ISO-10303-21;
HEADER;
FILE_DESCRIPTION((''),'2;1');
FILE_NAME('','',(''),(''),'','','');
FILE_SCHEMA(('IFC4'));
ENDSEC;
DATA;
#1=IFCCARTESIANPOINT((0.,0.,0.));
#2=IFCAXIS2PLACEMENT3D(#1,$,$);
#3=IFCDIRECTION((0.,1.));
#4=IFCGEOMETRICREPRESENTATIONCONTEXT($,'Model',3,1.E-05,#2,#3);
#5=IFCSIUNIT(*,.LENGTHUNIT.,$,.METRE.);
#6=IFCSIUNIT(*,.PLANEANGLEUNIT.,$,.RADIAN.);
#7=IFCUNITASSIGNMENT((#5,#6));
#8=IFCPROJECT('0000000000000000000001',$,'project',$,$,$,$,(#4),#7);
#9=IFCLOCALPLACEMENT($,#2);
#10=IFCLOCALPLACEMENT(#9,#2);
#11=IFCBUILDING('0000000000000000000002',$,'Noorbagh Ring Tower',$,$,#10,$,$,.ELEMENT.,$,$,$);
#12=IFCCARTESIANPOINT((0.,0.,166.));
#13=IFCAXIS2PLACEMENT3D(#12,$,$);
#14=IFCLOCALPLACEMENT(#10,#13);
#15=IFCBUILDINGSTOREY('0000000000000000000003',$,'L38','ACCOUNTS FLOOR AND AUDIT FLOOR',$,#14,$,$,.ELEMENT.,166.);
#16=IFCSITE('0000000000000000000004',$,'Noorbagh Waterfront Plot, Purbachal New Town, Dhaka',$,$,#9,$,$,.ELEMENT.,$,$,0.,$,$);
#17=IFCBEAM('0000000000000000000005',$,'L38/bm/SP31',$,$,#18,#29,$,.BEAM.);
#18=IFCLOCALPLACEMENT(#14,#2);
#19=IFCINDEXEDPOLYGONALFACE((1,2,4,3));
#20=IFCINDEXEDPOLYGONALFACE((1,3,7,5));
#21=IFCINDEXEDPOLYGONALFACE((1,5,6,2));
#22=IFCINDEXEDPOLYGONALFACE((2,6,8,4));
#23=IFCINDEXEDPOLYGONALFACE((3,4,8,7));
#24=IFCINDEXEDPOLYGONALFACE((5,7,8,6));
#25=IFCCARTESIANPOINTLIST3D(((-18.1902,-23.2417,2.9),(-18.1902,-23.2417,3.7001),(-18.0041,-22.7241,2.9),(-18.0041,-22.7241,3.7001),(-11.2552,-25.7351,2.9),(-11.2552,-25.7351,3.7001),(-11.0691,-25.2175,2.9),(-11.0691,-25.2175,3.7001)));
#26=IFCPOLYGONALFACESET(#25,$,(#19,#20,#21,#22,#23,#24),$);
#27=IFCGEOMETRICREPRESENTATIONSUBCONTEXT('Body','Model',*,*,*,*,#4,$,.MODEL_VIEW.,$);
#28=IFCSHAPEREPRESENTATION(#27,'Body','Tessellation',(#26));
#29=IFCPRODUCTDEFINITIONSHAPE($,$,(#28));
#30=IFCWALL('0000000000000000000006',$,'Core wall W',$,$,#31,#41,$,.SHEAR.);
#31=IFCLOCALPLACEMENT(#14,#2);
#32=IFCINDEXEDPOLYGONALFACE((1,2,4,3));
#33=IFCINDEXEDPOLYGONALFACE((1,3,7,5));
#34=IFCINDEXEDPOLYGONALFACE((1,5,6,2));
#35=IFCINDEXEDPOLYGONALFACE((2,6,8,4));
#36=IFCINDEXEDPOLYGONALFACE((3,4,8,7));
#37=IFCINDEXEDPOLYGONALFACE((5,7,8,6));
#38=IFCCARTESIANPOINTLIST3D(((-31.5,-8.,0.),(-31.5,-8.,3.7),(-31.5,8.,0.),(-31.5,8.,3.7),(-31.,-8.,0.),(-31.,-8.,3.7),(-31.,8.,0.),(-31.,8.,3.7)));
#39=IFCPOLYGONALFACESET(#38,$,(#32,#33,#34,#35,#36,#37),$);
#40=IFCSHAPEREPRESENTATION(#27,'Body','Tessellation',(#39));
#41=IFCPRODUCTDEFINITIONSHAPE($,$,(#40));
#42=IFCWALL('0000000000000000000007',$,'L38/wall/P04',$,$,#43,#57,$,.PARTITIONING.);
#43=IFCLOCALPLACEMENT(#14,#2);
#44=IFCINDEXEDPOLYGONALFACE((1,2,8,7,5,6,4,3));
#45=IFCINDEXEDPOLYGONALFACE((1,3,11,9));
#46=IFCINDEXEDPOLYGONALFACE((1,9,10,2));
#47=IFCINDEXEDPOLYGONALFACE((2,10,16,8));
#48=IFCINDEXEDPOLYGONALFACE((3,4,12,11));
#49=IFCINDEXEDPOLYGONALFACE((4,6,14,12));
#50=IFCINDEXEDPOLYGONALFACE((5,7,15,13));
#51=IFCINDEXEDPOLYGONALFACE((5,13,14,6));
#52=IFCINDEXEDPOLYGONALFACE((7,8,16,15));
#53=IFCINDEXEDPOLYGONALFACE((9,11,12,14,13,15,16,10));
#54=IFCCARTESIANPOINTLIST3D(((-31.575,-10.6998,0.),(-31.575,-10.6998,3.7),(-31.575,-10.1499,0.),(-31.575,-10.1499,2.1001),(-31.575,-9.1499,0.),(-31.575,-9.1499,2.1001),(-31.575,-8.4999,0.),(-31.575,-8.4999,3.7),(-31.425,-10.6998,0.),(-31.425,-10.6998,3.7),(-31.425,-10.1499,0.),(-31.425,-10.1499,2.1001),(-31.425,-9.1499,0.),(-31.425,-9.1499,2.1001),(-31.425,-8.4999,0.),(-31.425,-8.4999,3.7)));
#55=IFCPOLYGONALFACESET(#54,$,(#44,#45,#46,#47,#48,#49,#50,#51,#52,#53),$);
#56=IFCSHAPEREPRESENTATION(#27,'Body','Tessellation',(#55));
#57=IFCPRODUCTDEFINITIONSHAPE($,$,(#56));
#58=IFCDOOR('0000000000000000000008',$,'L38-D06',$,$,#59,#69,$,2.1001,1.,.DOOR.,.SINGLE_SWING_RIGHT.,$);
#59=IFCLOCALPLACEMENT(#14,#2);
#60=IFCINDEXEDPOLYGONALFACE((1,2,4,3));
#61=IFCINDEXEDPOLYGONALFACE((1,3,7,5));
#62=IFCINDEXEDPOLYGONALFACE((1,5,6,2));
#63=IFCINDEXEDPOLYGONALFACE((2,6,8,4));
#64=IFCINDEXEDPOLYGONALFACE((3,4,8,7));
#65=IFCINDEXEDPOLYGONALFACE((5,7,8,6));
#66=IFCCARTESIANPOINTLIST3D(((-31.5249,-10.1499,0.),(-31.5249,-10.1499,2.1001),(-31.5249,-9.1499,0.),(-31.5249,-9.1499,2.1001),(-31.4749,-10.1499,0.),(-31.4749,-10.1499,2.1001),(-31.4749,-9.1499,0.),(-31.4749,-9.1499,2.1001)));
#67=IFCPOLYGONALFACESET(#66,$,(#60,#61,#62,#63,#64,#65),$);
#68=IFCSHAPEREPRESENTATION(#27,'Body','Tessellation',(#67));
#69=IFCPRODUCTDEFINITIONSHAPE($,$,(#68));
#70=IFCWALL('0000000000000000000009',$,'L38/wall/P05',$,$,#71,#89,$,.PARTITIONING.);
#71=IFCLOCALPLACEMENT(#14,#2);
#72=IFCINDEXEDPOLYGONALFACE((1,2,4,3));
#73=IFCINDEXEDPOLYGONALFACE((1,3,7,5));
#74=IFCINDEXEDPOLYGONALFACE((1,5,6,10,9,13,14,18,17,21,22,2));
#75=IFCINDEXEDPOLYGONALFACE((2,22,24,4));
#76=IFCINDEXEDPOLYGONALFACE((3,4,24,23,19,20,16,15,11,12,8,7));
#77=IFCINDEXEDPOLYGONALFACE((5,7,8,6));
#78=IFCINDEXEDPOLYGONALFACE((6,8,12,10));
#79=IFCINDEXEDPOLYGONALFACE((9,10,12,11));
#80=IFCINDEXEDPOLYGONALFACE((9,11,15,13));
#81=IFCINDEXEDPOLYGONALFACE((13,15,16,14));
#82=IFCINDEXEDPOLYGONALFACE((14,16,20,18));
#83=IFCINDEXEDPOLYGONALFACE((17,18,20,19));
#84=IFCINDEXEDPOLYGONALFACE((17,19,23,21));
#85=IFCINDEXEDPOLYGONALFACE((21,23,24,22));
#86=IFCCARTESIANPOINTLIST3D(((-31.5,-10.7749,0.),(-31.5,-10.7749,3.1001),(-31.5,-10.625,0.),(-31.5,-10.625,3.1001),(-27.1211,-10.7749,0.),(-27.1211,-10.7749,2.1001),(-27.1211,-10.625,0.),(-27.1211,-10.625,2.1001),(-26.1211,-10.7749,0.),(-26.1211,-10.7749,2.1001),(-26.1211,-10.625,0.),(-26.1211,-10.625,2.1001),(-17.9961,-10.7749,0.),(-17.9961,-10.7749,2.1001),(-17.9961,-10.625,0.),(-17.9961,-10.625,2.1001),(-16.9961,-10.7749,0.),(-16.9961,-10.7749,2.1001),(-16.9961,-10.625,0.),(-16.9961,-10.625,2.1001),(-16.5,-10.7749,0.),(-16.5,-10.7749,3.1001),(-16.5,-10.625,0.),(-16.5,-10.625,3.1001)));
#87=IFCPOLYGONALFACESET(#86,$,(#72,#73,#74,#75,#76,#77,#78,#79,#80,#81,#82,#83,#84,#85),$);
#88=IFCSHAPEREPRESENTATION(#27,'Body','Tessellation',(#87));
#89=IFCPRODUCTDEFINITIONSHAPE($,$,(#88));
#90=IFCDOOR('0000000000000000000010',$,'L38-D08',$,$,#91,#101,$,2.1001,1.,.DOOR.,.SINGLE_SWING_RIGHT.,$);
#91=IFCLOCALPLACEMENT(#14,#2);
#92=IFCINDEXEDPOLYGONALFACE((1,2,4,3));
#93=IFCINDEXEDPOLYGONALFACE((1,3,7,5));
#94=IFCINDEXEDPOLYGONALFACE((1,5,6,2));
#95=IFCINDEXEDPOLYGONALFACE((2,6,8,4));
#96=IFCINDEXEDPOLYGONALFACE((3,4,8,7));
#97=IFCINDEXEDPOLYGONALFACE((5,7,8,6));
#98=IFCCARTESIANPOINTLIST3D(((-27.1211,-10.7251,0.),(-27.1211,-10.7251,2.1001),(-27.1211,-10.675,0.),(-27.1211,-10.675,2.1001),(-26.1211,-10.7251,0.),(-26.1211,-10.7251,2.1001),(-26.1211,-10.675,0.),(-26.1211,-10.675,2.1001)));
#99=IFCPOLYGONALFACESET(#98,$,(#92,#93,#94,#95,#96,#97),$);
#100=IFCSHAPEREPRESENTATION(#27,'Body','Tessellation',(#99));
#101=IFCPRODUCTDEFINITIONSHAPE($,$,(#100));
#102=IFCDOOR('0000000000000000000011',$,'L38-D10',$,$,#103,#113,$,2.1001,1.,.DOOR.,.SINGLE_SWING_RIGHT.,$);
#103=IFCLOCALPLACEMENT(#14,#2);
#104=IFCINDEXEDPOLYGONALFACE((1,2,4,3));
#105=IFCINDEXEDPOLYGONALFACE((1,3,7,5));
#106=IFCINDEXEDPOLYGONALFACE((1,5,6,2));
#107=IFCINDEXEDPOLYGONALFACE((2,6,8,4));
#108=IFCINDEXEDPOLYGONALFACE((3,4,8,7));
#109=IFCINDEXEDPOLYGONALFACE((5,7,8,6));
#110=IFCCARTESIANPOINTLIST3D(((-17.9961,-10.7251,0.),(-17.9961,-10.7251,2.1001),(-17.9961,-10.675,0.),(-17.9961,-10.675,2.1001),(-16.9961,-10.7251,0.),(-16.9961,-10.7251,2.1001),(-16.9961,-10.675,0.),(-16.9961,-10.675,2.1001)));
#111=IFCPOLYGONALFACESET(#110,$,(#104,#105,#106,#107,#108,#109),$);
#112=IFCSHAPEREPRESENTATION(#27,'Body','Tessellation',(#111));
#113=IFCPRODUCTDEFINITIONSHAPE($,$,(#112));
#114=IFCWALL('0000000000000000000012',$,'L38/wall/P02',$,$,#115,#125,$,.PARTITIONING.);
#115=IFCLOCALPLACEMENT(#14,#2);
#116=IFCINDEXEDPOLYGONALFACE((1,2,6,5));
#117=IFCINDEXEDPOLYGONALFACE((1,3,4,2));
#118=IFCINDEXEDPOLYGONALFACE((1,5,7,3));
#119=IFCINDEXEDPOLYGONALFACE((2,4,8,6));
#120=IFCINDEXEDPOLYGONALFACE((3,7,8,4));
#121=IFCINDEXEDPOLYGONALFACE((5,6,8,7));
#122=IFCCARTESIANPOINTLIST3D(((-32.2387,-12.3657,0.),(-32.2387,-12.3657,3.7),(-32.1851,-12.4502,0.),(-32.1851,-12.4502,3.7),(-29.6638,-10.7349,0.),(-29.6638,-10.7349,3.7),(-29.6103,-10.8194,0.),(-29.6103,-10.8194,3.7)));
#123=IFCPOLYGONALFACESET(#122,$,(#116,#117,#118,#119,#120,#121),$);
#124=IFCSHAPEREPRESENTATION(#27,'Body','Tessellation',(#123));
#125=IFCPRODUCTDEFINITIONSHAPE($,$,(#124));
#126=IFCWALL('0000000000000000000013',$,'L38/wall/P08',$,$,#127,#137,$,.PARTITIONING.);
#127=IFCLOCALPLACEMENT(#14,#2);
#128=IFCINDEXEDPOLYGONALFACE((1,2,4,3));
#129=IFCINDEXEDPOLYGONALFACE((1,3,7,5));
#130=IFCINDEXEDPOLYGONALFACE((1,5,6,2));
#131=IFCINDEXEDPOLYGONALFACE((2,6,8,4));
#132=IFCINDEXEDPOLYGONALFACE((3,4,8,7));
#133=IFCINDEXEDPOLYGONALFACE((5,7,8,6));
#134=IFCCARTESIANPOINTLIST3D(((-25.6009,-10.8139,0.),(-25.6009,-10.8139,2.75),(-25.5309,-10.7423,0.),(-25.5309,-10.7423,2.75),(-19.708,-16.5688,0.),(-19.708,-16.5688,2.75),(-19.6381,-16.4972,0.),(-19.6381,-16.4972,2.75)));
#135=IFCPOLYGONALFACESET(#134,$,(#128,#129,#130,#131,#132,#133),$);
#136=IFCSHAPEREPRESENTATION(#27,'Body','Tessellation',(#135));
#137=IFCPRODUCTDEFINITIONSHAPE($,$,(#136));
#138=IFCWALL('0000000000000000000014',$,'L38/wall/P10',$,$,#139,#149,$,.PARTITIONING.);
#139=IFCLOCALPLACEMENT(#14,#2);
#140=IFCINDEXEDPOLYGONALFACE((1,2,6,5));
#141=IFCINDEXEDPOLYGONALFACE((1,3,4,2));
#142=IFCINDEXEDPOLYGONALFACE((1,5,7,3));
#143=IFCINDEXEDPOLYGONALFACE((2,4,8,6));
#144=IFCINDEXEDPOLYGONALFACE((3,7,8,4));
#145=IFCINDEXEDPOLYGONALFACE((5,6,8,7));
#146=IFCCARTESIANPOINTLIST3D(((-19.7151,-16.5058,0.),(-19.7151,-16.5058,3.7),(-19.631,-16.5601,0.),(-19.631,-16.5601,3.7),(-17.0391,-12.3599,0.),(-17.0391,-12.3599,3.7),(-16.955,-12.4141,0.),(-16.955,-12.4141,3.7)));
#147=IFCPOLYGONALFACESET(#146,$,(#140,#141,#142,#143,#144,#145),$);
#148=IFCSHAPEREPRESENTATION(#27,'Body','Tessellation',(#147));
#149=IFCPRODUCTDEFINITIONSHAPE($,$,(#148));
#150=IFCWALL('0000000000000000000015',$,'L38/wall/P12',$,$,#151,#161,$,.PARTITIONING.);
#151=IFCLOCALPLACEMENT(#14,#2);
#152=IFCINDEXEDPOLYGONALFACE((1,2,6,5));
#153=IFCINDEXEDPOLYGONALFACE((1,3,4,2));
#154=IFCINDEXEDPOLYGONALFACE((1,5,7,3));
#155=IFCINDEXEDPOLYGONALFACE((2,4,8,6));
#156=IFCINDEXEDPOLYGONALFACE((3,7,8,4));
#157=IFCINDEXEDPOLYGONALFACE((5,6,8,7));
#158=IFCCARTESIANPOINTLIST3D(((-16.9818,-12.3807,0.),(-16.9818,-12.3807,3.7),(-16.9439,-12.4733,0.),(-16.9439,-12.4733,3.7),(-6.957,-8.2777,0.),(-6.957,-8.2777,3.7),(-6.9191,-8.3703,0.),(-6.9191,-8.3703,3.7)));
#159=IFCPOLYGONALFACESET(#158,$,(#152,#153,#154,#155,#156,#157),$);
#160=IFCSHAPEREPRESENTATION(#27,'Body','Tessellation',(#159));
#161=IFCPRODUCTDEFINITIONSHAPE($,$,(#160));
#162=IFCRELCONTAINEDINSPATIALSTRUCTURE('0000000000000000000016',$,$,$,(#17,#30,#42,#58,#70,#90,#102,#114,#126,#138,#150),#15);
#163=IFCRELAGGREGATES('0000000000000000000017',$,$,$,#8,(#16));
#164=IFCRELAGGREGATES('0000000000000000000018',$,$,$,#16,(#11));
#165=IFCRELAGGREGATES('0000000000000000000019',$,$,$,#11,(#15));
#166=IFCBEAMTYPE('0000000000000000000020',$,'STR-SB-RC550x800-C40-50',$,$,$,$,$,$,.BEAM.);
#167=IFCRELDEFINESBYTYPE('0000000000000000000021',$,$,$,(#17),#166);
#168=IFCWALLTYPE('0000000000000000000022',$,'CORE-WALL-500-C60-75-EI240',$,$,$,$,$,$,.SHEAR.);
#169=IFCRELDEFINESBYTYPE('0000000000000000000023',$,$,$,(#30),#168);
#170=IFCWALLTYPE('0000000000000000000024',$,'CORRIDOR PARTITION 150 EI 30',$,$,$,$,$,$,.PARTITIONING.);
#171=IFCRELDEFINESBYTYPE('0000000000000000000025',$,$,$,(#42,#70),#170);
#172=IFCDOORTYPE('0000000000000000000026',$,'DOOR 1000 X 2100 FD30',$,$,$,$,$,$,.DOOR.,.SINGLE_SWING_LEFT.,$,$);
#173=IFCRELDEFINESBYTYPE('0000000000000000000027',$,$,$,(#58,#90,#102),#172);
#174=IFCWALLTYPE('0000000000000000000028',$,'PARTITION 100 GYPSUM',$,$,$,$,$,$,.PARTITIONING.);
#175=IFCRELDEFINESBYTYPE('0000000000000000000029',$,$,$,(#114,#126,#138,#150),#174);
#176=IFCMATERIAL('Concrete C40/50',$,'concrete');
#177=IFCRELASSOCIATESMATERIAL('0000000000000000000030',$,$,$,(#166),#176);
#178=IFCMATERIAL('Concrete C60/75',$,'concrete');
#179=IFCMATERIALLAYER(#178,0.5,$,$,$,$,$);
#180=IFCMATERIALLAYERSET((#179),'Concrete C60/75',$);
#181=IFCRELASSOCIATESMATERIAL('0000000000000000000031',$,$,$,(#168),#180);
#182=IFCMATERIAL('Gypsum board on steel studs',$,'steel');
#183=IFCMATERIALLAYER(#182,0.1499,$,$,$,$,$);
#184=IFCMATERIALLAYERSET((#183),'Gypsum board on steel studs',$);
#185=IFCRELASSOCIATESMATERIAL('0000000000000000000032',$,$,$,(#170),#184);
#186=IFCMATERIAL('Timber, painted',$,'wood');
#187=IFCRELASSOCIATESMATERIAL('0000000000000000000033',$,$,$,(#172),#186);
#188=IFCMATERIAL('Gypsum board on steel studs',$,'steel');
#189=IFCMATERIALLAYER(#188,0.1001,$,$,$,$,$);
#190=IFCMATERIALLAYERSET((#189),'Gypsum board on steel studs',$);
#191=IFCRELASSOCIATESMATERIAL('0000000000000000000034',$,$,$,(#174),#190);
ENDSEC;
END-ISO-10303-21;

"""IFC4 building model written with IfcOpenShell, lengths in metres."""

from ifc_helpers import new_model, si_unit, direction, frame, frame_2d, origin, origin_2d, place, context, subcontext, project, spatial, rectangle, extrude, material, layer, layer_set, material_profile, profile_set, type_object, element, fill, save


model = new_model("IFC4")

# Units and contexts
model_context = context("Model", 3, precision=1e-05, world=origin(), true_north=direction((0.0, 1.0)))
body_context = subcontext(model_context, "Body", "Model", "MODEL_VIEW")
ifc_project = project(units=[si_unit("LENGTHUNIT", "METRE"), si_unit("PLANEANGLEUNIT", "RADIAN")], contexts=[model_context])

# Site, building, storey
site_placement = place(None, origin())
site = spatial("IfcSite", under=ifc_project, at=site_placement, Name="Noorbagh Waterfront Plot, Purbachal New Town, Dhaka", CompositionType="ELEMENT", RefElevation=0.0)
building_placement = place(site_placement, origin())
building = spatial("IfcBuilding", under=site, at=building_placement, Name="Noorbagh Ring Tower", CompositionType="ELEMENT")
storey_placement = place(building_placement, frame((0.0, 0.0, 166.0)))
storey = spatial("IfcBuildingStorey", under=building, at=storey_placement, Name="L38", Description="ACCOUNTS FLOOR AND AUDIT FLOOR", CompositionType="ELEMENT", Elevation=166.0)

# Beam
ifc_material_1 = material(Name="Concrete C40/50", Category="concrete")
ifc_material_profile_1 = material_profile(ifc_material_1, rectangle(XDim=0.55, YDim=0.8, at=origin_2d()), Name="RC550x800")
ifc_profile_set_1 = profile_set([ifc_material_profile_1], Name="Concrete C40/50")
beam_type_1 = type_object("IfcBeamType", Name="STR-SB-RC550x800-C40-50", PredefinedType="BEAM", material=ifc_profile_set_1)
beam_1_placement = place(storey_placement, frame((-18.0972, -22.9829, 3.3), z_axis=(0.941026, -0.338333, 0.0), x_axis=(0.338333, 0.941026, 0.0)))
element("IfcBeam", 1, at=beam_1_placement, inside=storey, type_object=beam_type_1, Name="L38/bm/SP31", PredefinedType="BEAM", context=body_context, shape_type="SweptSolid", body=[
    extrude(rectangle(XDim=0.55, YDim=0.8, at=origin_2d()), origin(), (0.0, 0.0, 1.0), 7.3696),
])

# Wall
ifc_material_2 = material(Name="Concrete C60/75", Category="concrete")
ifc_layer_1 = layer(ifc_material_2, 0.5)
ifc_layer_set_1 = layer_set([ifc_layer_1], Name="Concrete C60/75")
wall_type_1 = type_object("IfcWallType", Name="CORE-WALL-500-C60-75-EI240", PredefinedType="SHEAR", material=ifc_layer_set_1)
wall_1_placement = place(storey_placement, frame((-31.25, -8.0, 0.0), z_axis=(0.0, 0.0, 1.0), x_axis=(0.0, 1.0, 0.0)))
element("IfcWall", 2, at=wall_1_placement, inside=storey, type_object=wall_type_1, Name="Core wall W", PredefinedType="SHEAR", context=body_context, shape_type="SweptSolid", body=[
    extrude(rectangle(XDim=16.0, YDim=0.5, at=frame_2d((8.0, 0.0))), origin(), (0.0, 0.0, 1.0), 3.7),
])

# Wall, opening, door
ifc_material_3 = material(Name="Gypsum board on steel studs", Category="steel")
ifc_layer_2 = layer(ifc_material_3, 0.1499)
ifc_layer_set_2 = layer_set([ifc_layer_2], Name="Gypsum board on steel studs")
wall_type_2 = type_object("IfcWallType", Name="CORRIDOR PARTITION 150 EI 30", PredefinedType="PARTITIONING", material=ifc_layer_set_2)
wall_2_placement = place(storey_placement, frame((-31.5, -10.7, 0.0), z_axis=(0.0, 0.0, 1.0), x_axis=(0.0, 1.0, 0.0)))
wall_2 = element("IfcWall", 3, at=wall_2_placement, inside=storey, type_object=wall_type_2, Name="L38/wall/P04", PredefinedType="PARTITIONING", context=body_context, shape_type="SweptSolid", body=[
    extrude(rectangle(XDim=2.2, YDim=0.1499, at=frame_2d((1.1001, 0.0))), origin(), (0.0, 0.0, 1.0), 3.7),
])
opening_1_placement = place(wall_2_placement, frame((0.55, 0.0, 0.0)))
opening_1 = element("IfcOpeningElement", 4, at=opening_1_placement, cuts=wall_2, PredefinedType="OPENING", context=body_context, shape_type="SweptSolid", body=[
    extrude(rectangle(XDim=1.0, YDim=2.1001, at=frame_2d((0.5, 1.05))), frame((0.0, 0.085, 0.0), z_axis=(0.0, -1.0, 0.0), x_axis=(1.0, 0.0, 0.0)), (0.0, 0.0, 1.0), 0.1699),
])
ifc_material_4 = material(Name="Timber, painted", Category="wood")
door_type = type_object("IfcDoorType", Name="DOOR 1000 X 2100 FD30", OperationType="SINGLE_SWING_LEFT", PredefinedType="DOOR", material=ifc_material_4)
door_1_placement = place(opening_1_placement, origin())
door_1 = element("IfcDoor", 5, at=door_1_placement, inside=storey, type_object=door_type, Name="L38-D06", OperationType="SINGLE_SWING_RIGHT", OverallHeight=2.1001, OverallWidth=1.0, PredefinedType="DOOR", context=body_context, shape_type="SweptSolid", body=[
    extrude(rectangle(XDim=1.0, YDim=2.1001, at=frame_2d((0.5, 1.05))), frame((0.0, 0.0249, 0.0), z_axis=(0.0, -1.0, 0.0), x_axis=(1.0, 0.0, 0.0)), (0.0, 0.0, 1.0), 0.05),
])
fill(opening_1, door_1)

# Wall, openings, doors
wall_3_placement = place(storey_placement, frame((-31.5, -10.7, 0.0), z_axis=(0.0, 0.0, 1.0), x_axis=(1.0, 0.0, 0.0)))
wall_3 = element("IfcWall", 6, at=wall_3_placement, inside=storey, type_object=wall_type_2, Name="L38/wall/P05", PredefinedType="PARTITIONING", context=body_context, shape_type="SweptSolid", body=[
    extrude(rectangle(XDim=15.0, YDim=0.1499, at=frame_2d((7.5, 0.0))), origin(), (0.0, 0.0, 1.0), 3.1001),
])
opening_2_placement = place(wall_3_placement, frame((4.3789, 0.0, 0.0)))
opening_2 = element("IfcOpeningElement", 7, at=opening_2_placement, cuts=wall_3, PredefinedType="OPENING", context=body_context, shape_type="SweptSolid", body=[
    extrude(rectangle(XDim=1.0, YDim=2.1001, at=frame_2d((0.5, 1.05))), frame((0.0, 0.085, 0.0), z_axis=(0.0, -1.0, 0.0), x_axis=(1.0, 0.0, 0.0)), (0.0, 0.0, 1.0), 0.1699),
])
opening_3_placement = place(wall_3_placement, frame((13.5039, 0.0, 0.0)))
opening_3 = element("IfcOpeningElement", 8, at=opening_3_placement, cuts=wall_3, PredefinedType="OPENING", context=body_context, shape_type="SweptSolid", body=[
    extrude(rectangle(XDim=1.0, YDim=2.1001, at=frame_2d((0.5, 1.05))), frame((0.0, 0.085, 0.0), z_axis=(0.0, -1.0, 0.0), x_axis=(1.0, 0.0, 0.0)), (0.0, 0.0, 1.0), 0.1699),
])
door_2_placement = place(opening_2_placement, origin())
door_2 = element("IfcDoor", 9, at=door_2_placement, inside=storey, type_object=door_type, Name="L38-D08", OperationType="SINGLE_SWING_RIGHT", OverallHeight=2.1001, OverallWidth=1.0, PredefinedType="DOOR", context=body_context, shape_type="SweptSolid", body=[
    extrude(rectangle(XDim=1.0, YDim=2.1001, at=frame_2d((0.5, 1.05))), frame((0.0, 0.0249, 0.0), z_axis=(0.0, -1.0, 0.0), x_axis=(1.0, 0.0, 0.0)), (0.0, 0.0, 1.0), 0.05),
])
fill(opening_2, door_2)
door_3_placement = place(opening_3_placement, origin())
door_3 = element("IfcDoor", 10, at=door_3_placement, inside=storey, type_object=door_type, Name="L38-D10", OperationType="SINGLE_SWING_RIGHT", OverallHeight=2.1001, OverallWidth=1.0, PredefinedType="DOOR", context=body_context, shape_type="SweptSolid", body=[
    extrude(rectangle(XDim=1.0, YDim=2.1001, at=frame_2d((0.5, 1.05))), frame((0.0, 0.0249, 0.0), z_axis=(0.0, -1.0, 0.0), x_axis=(1.0, 0.0, 0.0)), (0.0, 0.0, 1.0), 0.05),
])
fill(opening_3, door_3)

# Walls
ifc_material_5 = material(Name="Gypsum board on steel studs", Category="steel")
ifc_layer_3 = layer(ifc_material_5, 0.1001)
ifc_layer_set_3 = layer_set([ifc_layer_3], Name="Gypsum board on steel studs")
wall_type_3 = type_object("IfcWallType", Name="PARTITION 100 GYPSUM", PredefinedType="PARTITIONING", material=ifc_layer_set_3)
wall_4_placement = place(storey_placement, frame((-32.2119, -12.408, 0.0), z_axis=(0.0, 0.0, 1.0), x_axis=(0.844811, 0.535065, 0.0)))
element("IfcWall", 11, at=wall_4_placement, inside=storey, type_object=wall_type_3, Name="L38/wall/P02", PredefinedType="PARTITIONING", context=body_context, shape_type="SweptSolid", body=[
    extrude(rectangle(XDim=3.0479, YDim=0.1001, at=frame_2d((1.5239, 0.0))), origin(), (0.0, 0.0, 1.0), 3.7),
])
wall_5_placement = place(storey_placement, frame((-25.5659, -10.7781, 0.0), z_axis=(0.0, 0.0, 1.0), x_axis=(0.715431, -0.698684, 0.0)))
element("IfcWall", 12, at=wall_5_placement, inside=storey, type_object=wall_type_3, Name="L38/wall/P08", PredefinedType="PARTITIONING", context=body_context, shape_type="SweptSolid", body=[
    extrude(rectangle(XDim=8.2368, YDim=0.1001, at=frame_2d((4.1184, 0.0))), origin(), (0.0, 0.0, 1.0), 2.75),
])
wall_6_placement = place(storey_placement, frame((-19.6731, -16.533, 0.0), z_axis=(0.0, 0.0, 1.0), x_axis=(0.542297, 0.840187, 0.0)))
element("IfcWall", 13, at=wall_6_placement, inside=storey, type_object=wall_type_3, Name="L38/wall/P10", PredefinedType="PARTITIONING", context=body_context, shape_type="SweptSolid", body=[
    extrude(rectangle(XDim=4.9346, YDim=0.1001, at=frame_2d((2.4673, 0.0))), origin(), (0.0, 0.0, 1.0), 3.7),
])
wall_7_placement = place(storey_placement, frame((-16.9629, -12.427, 0.0), z_axis=(0.0, 0.0, 1.0), x_axis=(0.925484, 0.378786, 0.0)))
element("IfcWall", 14, at=wall_7_placement, inside=storey, type_object=wall_type_3, Name="L38/wall/P12", PredefinedType="PARTITIONING", context=body_context, shape_type="SweptSolid", body=[
    extrude(rectangle(XDim=10.832, YDim=0.1001, at=frame_2d((5.416, 0.0))), origin(), (0.0, 0.0, 1.0), 3.7),
])

save(model, "model.ifc")
